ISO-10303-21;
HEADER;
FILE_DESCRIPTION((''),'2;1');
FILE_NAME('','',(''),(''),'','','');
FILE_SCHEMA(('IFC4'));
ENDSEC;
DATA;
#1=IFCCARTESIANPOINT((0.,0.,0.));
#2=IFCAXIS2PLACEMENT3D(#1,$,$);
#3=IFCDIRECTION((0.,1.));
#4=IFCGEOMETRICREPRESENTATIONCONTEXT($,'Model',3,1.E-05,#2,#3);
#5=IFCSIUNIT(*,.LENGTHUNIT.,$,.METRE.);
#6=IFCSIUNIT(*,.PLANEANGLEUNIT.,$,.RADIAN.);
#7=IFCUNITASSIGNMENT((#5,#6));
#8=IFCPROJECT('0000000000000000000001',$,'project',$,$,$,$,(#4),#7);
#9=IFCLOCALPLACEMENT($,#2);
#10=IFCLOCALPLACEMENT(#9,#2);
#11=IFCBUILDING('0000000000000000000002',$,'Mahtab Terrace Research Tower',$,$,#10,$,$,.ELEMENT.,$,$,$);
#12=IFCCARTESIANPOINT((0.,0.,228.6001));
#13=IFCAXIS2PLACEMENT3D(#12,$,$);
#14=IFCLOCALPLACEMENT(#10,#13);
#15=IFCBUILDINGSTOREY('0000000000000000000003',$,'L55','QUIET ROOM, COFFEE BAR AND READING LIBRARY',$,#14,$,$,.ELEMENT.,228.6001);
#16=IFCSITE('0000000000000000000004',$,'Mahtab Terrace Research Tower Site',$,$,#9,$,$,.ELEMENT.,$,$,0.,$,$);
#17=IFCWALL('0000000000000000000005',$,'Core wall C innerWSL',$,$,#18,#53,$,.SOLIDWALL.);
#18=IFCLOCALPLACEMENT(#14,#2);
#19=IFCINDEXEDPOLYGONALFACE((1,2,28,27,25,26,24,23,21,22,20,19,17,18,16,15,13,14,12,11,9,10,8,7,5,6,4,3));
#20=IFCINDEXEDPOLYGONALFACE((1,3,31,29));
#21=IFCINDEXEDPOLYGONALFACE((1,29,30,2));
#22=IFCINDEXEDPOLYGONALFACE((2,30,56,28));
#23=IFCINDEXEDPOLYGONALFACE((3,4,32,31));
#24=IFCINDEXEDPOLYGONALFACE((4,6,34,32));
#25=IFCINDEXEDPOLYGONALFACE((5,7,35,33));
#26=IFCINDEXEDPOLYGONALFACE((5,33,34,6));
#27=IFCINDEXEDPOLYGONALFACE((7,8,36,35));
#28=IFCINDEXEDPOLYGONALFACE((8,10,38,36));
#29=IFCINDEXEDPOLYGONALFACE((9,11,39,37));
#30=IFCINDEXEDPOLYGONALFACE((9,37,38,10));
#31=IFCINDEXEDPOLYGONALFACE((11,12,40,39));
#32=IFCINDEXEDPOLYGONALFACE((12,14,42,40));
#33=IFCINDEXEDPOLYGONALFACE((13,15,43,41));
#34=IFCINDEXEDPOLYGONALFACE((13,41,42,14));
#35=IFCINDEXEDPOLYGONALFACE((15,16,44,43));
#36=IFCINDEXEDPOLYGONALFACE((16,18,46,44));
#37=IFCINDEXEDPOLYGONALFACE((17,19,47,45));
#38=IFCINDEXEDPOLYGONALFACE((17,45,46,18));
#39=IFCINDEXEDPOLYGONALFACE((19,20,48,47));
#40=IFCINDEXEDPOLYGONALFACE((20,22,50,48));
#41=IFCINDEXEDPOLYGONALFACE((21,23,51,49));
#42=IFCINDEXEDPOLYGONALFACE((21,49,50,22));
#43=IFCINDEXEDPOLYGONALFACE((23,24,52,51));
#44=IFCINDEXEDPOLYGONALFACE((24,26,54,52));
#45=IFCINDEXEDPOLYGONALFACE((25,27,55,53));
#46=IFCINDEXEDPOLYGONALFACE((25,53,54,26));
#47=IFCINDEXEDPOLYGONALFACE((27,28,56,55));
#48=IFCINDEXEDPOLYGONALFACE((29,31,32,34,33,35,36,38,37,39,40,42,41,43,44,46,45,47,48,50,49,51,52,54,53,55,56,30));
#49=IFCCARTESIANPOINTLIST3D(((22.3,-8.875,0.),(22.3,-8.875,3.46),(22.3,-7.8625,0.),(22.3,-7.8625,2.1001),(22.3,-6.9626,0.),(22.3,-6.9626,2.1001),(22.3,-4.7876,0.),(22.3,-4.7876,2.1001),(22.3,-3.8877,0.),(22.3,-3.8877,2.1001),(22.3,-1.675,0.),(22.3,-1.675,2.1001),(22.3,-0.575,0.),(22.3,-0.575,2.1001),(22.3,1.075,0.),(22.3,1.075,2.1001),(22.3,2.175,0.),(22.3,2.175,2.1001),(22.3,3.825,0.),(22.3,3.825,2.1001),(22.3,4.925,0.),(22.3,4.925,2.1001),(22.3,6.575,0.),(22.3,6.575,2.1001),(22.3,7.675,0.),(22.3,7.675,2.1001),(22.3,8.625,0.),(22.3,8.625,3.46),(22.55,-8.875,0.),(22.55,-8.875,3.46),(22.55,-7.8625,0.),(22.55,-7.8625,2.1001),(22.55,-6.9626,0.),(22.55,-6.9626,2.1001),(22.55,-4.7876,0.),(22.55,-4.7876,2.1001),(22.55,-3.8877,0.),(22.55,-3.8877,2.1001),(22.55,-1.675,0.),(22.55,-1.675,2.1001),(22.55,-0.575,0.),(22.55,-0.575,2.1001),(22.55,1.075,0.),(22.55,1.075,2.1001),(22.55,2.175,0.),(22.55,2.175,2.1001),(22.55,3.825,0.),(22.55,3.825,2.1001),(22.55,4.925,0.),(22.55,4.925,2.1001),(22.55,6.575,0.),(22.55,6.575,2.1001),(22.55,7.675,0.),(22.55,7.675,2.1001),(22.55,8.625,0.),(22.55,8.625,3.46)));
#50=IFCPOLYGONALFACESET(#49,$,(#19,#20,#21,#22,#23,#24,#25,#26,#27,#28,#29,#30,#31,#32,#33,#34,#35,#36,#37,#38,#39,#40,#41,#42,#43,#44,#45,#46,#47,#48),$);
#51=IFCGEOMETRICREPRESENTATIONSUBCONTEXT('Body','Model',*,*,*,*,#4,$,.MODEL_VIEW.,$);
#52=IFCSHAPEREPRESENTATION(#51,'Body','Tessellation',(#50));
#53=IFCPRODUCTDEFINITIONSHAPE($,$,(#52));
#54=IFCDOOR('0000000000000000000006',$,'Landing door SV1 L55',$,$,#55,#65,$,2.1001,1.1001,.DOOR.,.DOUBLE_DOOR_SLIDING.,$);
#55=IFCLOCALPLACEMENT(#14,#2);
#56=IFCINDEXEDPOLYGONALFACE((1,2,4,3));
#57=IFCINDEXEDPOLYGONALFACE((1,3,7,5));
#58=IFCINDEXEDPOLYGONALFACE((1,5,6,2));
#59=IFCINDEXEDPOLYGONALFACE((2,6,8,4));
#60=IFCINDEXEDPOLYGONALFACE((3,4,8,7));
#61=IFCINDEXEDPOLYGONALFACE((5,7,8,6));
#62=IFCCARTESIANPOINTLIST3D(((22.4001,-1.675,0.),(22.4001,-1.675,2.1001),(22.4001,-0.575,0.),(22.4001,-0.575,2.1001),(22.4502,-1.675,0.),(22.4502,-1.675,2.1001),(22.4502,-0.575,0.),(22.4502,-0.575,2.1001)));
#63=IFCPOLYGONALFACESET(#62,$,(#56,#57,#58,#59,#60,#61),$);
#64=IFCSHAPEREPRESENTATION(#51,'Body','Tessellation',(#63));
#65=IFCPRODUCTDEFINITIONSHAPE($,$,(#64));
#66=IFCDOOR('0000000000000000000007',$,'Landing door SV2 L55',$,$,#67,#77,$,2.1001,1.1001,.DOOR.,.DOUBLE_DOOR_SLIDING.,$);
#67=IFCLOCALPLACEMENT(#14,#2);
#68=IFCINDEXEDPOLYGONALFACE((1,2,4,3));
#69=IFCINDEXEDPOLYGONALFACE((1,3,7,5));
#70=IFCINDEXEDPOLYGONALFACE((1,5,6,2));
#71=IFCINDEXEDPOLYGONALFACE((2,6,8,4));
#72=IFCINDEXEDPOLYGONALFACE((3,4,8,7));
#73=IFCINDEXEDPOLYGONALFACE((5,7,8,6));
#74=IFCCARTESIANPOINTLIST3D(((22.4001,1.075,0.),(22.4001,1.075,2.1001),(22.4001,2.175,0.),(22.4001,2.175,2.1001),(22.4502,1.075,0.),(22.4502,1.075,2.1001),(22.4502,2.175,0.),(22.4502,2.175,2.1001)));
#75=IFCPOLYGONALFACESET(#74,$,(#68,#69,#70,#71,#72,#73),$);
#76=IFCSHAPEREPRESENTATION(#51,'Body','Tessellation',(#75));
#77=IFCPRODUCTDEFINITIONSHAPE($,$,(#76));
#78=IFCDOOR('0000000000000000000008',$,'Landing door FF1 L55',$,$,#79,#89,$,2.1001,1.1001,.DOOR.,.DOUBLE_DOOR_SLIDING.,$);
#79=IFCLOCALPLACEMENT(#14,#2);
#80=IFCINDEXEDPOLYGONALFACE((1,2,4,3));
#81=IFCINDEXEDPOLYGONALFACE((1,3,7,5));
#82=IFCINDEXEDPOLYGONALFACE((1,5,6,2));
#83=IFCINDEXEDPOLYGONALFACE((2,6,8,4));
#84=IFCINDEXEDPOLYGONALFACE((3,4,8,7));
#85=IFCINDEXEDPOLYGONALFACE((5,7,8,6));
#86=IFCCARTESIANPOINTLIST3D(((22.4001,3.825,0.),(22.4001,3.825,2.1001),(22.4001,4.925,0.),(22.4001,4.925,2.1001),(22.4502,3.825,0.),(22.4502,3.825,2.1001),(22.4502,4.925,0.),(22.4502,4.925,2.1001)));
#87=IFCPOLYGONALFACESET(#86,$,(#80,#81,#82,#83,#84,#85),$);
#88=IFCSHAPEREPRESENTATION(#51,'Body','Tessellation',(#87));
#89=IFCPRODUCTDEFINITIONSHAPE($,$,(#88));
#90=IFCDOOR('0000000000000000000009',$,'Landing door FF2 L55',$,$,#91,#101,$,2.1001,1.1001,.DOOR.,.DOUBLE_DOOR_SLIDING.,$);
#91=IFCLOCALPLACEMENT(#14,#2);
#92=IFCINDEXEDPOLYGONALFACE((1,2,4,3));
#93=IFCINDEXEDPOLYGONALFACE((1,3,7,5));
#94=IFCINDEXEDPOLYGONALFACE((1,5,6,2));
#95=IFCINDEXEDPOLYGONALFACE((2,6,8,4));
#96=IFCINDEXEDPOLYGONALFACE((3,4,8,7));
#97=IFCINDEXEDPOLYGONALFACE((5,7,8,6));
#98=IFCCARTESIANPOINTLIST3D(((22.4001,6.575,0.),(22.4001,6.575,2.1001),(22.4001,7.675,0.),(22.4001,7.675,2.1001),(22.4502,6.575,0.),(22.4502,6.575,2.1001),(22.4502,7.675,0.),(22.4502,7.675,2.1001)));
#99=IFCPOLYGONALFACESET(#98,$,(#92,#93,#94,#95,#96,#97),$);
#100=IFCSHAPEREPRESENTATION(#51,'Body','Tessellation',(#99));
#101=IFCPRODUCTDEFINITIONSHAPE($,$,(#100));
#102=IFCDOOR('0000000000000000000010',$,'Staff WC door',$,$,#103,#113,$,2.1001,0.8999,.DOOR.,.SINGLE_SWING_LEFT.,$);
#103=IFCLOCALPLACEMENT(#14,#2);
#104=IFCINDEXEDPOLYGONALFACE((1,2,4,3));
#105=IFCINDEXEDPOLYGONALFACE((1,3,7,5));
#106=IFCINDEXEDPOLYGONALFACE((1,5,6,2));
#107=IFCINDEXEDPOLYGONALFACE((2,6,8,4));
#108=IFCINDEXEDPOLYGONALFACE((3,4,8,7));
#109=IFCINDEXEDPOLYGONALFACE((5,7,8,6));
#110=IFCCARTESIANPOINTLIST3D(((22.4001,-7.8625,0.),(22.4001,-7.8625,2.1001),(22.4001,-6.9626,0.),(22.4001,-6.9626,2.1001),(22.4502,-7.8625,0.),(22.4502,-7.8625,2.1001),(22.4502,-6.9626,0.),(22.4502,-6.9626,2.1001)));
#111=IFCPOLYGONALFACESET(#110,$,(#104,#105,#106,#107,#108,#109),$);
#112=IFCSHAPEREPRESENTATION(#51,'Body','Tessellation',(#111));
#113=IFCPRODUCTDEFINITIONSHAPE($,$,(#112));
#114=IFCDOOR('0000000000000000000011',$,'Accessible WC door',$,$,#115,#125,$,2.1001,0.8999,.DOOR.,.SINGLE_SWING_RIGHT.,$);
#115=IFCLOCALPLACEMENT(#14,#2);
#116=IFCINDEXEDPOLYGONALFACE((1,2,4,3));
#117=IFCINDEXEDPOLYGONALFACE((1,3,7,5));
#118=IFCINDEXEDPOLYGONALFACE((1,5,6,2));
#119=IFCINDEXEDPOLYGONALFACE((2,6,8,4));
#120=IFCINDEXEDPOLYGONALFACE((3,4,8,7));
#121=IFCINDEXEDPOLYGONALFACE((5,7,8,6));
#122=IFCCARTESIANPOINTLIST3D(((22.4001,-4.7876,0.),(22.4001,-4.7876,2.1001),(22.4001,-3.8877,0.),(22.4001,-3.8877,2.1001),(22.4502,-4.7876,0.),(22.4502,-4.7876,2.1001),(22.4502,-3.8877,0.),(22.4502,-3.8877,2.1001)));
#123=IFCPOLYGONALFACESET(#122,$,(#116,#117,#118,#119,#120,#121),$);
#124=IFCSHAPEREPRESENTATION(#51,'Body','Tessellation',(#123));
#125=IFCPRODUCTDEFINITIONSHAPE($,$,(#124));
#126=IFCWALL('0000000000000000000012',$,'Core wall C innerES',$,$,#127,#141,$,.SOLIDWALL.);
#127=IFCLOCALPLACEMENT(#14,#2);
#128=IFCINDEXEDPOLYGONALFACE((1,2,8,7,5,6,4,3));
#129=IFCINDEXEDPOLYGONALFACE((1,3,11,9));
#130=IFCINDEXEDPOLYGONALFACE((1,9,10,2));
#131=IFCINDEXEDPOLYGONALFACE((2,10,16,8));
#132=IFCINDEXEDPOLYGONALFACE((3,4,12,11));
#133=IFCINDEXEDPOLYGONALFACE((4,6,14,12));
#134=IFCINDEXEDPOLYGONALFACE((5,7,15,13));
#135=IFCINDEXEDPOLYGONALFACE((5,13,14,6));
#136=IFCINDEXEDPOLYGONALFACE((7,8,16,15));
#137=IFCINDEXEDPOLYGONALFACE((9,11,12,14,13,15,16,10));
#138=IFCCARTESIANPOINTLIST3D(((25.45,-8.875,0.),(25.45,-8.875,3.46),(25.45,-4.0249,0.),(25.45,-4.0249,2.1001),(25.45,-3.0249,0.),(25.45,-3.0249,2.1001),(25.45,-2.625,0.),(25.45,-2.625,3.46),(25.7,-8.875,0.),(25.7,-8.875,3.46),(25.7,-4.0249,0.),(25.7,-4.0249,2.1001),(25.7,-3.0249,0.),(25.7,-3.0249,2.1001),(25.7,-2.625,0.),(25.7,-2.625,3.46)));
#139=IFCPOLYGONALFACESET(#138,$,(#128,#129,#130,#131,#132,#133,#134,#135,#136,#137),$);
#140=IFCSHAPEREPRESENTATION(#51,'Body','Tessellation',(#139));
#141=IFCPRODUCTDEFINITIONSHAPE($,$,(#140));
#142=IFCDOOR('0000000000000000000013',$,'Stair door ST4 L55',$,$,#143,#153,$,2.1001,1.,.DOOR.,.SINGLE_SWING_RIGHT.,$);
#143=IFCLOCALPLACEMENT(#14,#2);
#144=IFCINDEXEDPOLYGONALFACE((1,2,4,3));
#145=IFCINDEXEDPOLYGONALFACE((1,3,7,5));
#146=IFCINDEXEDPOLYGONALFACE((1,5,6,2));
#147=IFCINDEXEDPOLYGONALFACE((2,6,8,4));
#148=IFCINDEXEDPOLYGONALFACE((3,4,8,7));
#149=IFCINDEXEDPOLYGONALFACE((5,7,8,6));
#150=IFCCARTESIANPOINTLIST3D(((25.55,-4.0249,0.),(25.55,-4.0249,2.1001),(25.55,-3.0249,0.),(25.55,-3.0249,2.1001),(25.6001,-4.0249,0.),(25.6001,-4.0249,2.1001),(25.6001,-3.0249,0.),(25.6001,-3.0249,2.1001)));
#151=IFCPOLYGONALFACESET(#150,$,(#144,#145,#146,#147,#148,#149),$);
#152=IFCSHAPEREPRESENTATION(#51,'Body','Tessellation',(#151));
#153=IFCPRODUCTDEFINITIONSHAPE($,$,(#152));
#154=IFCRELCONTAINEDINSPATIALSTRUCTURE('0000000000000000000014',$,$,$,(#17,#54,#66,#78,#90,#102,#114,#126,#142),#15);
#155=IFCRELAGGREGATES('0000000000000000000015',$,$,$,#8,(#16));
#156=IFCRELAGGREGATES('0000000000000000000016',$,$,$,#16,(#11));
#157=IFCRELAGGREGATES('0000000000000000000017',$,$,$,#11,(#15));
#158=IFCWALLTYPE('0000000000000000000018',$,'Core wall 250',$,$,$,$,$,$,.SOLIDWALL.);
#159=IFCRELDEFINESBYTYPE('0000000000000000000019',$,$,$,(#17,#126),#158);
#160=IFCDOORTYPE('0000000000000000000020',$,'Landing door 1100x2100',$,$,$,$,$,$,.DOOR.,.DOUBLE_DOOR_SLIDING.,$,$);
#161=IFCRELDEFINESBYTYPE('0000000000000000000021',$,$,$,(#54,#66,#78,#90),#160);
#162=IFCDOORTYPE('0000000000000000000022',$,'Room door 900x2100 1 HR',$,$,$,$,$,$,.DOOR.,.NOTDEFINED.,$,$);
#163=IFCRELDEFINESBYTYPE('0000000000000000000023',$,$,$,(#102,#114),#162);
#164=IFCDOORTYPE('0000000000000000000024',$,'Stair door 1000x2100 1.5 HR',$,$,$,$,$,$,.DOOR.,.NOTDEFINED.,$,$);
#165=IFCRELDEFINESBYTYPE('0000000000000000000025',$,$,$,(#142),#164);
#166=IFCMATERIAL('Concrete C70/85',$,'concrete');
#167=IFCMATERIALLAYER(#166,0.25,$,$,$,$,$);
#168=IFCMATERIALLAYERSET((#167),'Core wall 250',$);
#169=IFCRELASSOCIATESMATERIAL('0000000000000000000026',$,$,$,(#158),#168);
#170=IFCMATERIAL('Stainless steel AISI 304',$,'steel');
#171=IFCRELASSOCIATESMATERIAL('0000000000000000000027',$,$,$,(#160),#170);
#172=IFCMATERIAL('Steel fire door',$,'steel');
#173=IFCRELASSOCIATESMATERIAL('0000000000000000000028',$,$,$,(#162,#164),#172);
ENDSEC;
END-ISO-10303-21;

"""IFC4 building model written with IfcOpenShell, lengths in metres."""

from ifc_helpers import new_model, si_unit, direction, frame, frame_2d, origin, place, context, subcontext, project, spatial, rectangle, extrude, material, layer, layer_set, type_object, element, fill, save


model = new_model("IFC4")

# Units and contexts
model_context = context("Model", 3, precision=1e-05, world=origin(), true_north=direction((0.0, 1.0)))
body_context = subcontext(model_context, "Body", "Model", "MODEL_VIEW")
ifc_project = project(units=[si_unit("LENGTHUNIT", "METRE"), si_unit("PLANEANGLEUNIT", "RADIAN")], contexts=[model_context])

# Site, building, storey
site_placement = place(None, origin())
site = spatial("IfcSite", under=ifc_project, at=site_placement, Name="Mahtab Terrace Research Tower Site", CompositionType="ELEMENT", RefElevation=0.0)
building_placement = place(site_placement, origin())
building = spatial("IfcBuilding", under=site, at=building_placement, Name="Mahtab Terrace Research Tower", CompositionType="ELEMENT")
storey_placement = place(building_placement, frame((0.0, 0.0, 228.6001)))
storey = spatial("IfcBuildingStorey", under=building, at=storey_placement, Name="L55", Description="QUIET ROOM, COFFEE BAR AND READING LIBRARY", CompositionType="ELEMENT", Elevation=228.6001)

# Shared definitions
ifc_material_1 = material(Name="Concrete C70/85", Category="concrete")

# Wall, openings, doors
ifc_layer_1 = layer(ifc_material_1, 0.25)
ifc_layer_set_1 = layer_set([ifc_layer_1], Name="Core wall 250")
wall_type_1 = type_object("IfcWallType", Name="Core wall 250", PredefinedType="SOLIDWALL", material=ifc_layer_set_1)
wall_1_placement = place(storey_placement, frame((22.425, -8.875, 0.0), z_axis=(0.0, 0.0, 1.0), x_axis=(0.0, 1.0, 0.0)))
wall_1 = element("IfcWall", 1, at=wall_1_placement, inside=storey, type_object=wall_type_1, Name="Core wall C innerWSL", PredefinedType="SOLIDWALL", context=body_context, shape_type="SweptSolid", body=[
    extrude(rectangle(XDim=17.5, YDim=0.25, at=frame_2d((8.75, 0.0))), origin(), (0.0, 0.0, 1.0), 3.46),
])
opening_1_placement = place(wall_1_placement, frame((7.2, 0.0, 0.0)))
opening_1 = element("IfcOpeningElement", 2, at=opening_1_placement, cuts=wall_1, PredefinedType="OPENING", context=body_context, shape_type="SweptSolid", body=[
    extrude(rectangle(XDim=1.1001, YDim=2.1001, at=frame_2d((0.55, 1.05))), frame((0.0, 0.135, 0.0), z_axis=(0.0, -1.0, 0.0), x_axis=(1.0, 0.0, 0.0)), (0.0, 0.0, 1.0), 0.27),
])
opening_2_placement = place(wall_1_placement, frame((9.95, 0.0, 0.0)))
opening_2 = element("IfcOpeningElement", 3, at=opening_2_placement, cuts=wall_1, PredefinedType="OPENING", context=body_context, shape_type="SweptSolid", body=[
    extrude(rectangle(XDim=1.1001, YDim=2.1001, at=frame_2d((0.55, 1.05))), frame((0.0, 0.135, 0.0), z_axis=(0.0, -1.0, 0.0), x_axis=(1.0, 0.0, 0.0)), (0.0, 0.0, 1.0), 0.27),
])
opening_3_placement = place(wall_1_placement, frame((12.7, 0.0, 0.0)))
opening_3 = element("IfcOpeningElement", 4, at=opening_3_placement, cuts=wall_1, PredefinedType="OPENING", context=body_context, shape_type="SweptSolid", body=[
    extrude(rectangle(XDim=1.1001, YDim=2.1001, at=frame_2d((0.55, 1.05))), frame((0.0, 0.135, 0.0), z_axis=(0.0, -1.0, 0.0), x_axis=(1.0, 0.0, 0.0)), (0.0, 0.0, 1.0), 0.27),
])
opening_4_placement = place(wall_1_placement, frame((15.45, 0.0, 0.0)))
opening_4 = element("IfcOpeningElement", 5, at=opening_4_placement, cuts=wall_1, PredefinedType="OPENING", context=body_context, shape_type="SweptSolid", body=[
    extrude(rectangle(XDim=1.1001, YDim=2.1001, at=frame_2d((0.55, 1.05))), frame((0.0, 0.135, 0.0), z_axis=(0.0, -1.0, 0.0), x_axis=(1.0, 0.0, 0.0)), (0.0, 0.0, 1.0), 0.27),
])
opening_5_placement = place(wall_1_placement, frame((1.0125, 0.0, 0.0)))
opening_5 = element("IfcOpeningElement", 6, at=opening_5_placement, cuts=wall_1, PredefinedType="OPENING", context=body_context, shape_type="SweptSolid", body=[
    extrude(rectangle(XDim=0.8999, YDim=2.1001, at=frame_2d((0.45, 1.05))), frame((0.0, 0.135, 0.0), z_axis=(0.0, -1.0, 0.0), x_axis=(1.0, 0.0, 0.0)), (0.0, 0.0, 1.0), 0.27),
])
opening_6_placement = place(wall_1_placement, frame((4.0874, 0.0, 0.0)))
opening_6 = element("IfcOpeningElement", 7, at=opening_6_placement, cuts=wall_1, PredefinedType="OPENING", context=body_context, shape_type="SweptSolid", body=[
    extrude(rectangle(XDim=0.8999, YDim=2.1001, at=frame_2d((0.45, 1.05))), frame((0.0, 0.135, 0.0), z_axis=(0.0, -1.0, 0.0), x_axis=(1.0, 0.0, 0.0)), (0.0, 0.0, 1.0), 0.27),
])
ifc_material_2 = material(Name="Stainless steel AISI 304", Category="steel")
door_type_1 = type_object("IfcDoorType", Name="Landing door 1100x2100", OperationType="DOUBLE_DOOR_SLIDING", PredefinedType="DOOR", material=ifc_material_2)
door_1_placement = place(opening_1_placement, origin())
door_1 = element("IfcDoor", 8, at=door_1_placement, inside=storey, type_object=door_type_1, Name="Landing door SV1 L55", OperationType="DOUBLE_DOOR_SLIDING", OverallHeight=2.1001, OverallWidth=1.1001, PredefinedType="DOOR", context=body_context, shape_type="SweptSolid", body=[
    extrude(rectangle(XDim=1.1001, YDim=2.1001, at=frame_2d((0.55, 1.05))), frame((0.0, 0.0249, 0.0), z_axis=(0.0, -1.0, 0.0), x_axis=(1.0, 0.0, 0.0)), (0.0, 0.0, 1.0), 0.05),
])
fill(opening_1, door_1)
door_2_placement = place(opening_2_placement, origin())
door_2 = element("IfcDoor", 9, at=door_2_placement, inside=storey, type_object=door_type_1, Name="Landing door SV2 L55", OperationType="DOUBLE_DOOR_SLIDING", OverallHeight=2.1001, OverallWidth=1.1001, PredefinedType="DOOR", context=body_context, shape_type="SweptSolid", body=[
    extrude(rectangle(XDim=1.1001, YDim=2.1001, at=frame_2d((0.55, 1.05))), frame((0.0, 0.0249, 0.0), z_axis=(0.0, -1.0, 0.0), x_axis=(1.0, 0.0, 0.0)), (0.0, 0.0, 1.0), 0.05),
])
fill(opening_2, door_2)
door_3_placement = place(opening_3_placement, origin())
door_3 = element("IfcDoor", 10, at=door_3_placement, inside=storey, type_object=door_type_1, Name="Landing door FF1 L55", OperationType="DOUBLE_DOOR_SLIDING", OverallHeight=2.1001, OverallWidth=1.1001, PredefinedType="DOOR", context=body_context, shape_type="SweptSolid", body=[
    extrude(rectangle(XDim=1.1001, YDim=2.1001, at=frame_2d((0.55, 1.05))), frame((0.0, 0.0249, 0.0), z_axis=(0.0, -1.0, 0.0), x_axis=(1.0, 0.0, 0.0)), (0.0, 0.0, 1.0), 0.05),
])
fill(opening_3, door_3)
door_4_placement = place(opening_4_placement, origin())
door_4 = element("IfcDoor", 11, at=door_4_placement, inside=storey, type_object=door_type_1, Name="Landing door FF2 L55", OperationType="DOUBLE_DOOR_SLIDING", OverallHeight=2.1001, OverallWidth=1.1001, PredefinedType="DOOR", context=body_context, shape_type="SweptSolid", body=[
    extrude(rectangle(XDim=1.1001, YDim=2.1001, at=frame_2d((0.55, 1.05))), frame((0.0, 0.0249, 0.0), z_axis=(0.0, -1.0, 0.0), x_axis=(1.0, 0.0, 0.0)), (0.0, 0.0, 1.0), 0.05),
])
fill(opening_4, door_4)
ifc_material_3 = material(Name="Steel fire door", Category="steel")
door_type_2 = type_object("IfcDoorType", Name="Room door 900x2100 1 HR", OperationType="NOTDEFINED", PredefinedType="DOOR", material=ifc_material_3)
door_5_placement = place(opening_5_placement, origin())
door_5 = element("IfcDoor", 12, at=door_5_placement, inside=storey, type_object=door_type_2, Name="Staff WC door", OperationType="SINGLE_SWING_LEFT", OverallHeight=2.1001, OverallWidth=0.8999, PredefinedType="DOOR", context=body_context, shape_type="SweptSolid", body=[
    extrude(rectangle(XDim=0.8999, YDim=2.1001, at=frame_2d((0.45, 1.05))), frame((0.0, 0.0249, 0.0), z_axis=(0.0, -1.0, 0.0), x_axis=(1.0, 0.0, 0.0)), (0.0, 0.0, 1.0), 0.05),
])
fill(opening_5, door_5)
door_6_placement = place(opening_6_placement, origin())
door_6 = element("IfcDoor", 13, at=door_6_placement, inside=storey, type_object=door_type_2, Name="Accessible WC door", OperationType="SINGLE_SWING_RIGHT", OverallHeight=2.1001, OverallWidth=0.8999, PredefinedType="DOOR", context=body_context, shape_type="SweptSolid", body=[
    extrude(rectangle(XDim=0.8999, YDim=2.1001, at=frame_2d((0.45, 1.05))), frame((0.0, 0.0249, 0.0), z_axis=(0.0, -1.0, 0.0), x_axis=(1.0, 0.0, 0.0)), (0.0, 0.0, 1.0), 0.05),
])
fill(opening_6, door_6)

# Wall, opening, door
wall_2_placement = place(storey_placement, frame((25.575, -8.875, 0.0), z_axis=(0.0, 0.0, 1.0), x_axis=(0.0, 1.0, 0.0)))
wall_2 = element("IfcWall", 14, at=wall_2_placement, inside=storey, type_object=wall_type_1, Name="Core wall C innerES", PredefinedType="SOLIDWALL", context=body_context, shape_type="SweptSolid", body=[
    extrude(rectangle(XDim=6.25, YDim=0.25, at=frame_2d((3.125, 0.0))), origin(), (0.0, 0.0, 1.0), 3.46),
])
opening_7_placement = place(wall_2_placement, frame((4.8501, 0.0, 0.0)))
opening_7 = element("IfcOpeningElement", 15, at=opening_7_placement, cuts=wall_2, PredefinedType="OPENING", context=body_context, shape_type="SweptSolid", body=[
    extrude(rectangle(XDim=1.0, YDim=2.1001, at=frame_2d((0.5, 1.05))), frame((0.0, 0.135, 0.0), z_axis=(0.0, -1.0, 0.0), x_axis=(1.0, 0.0, 0.0)), (0.0, 0.0, 1.0), 0.27),
])
door_type_3 = type_object("IfcDoorType", Name="Stair door 1000x2100 1.5 HR", OperationType="NOTDEFINED", PredefinedType="DOOR", material=ifc_material_3)
door_7_placement = place(opening_7_placement, origin())
door_7 = element("IfcDoor", 16, at=door_7_placement, inside=storey, type_object=door_type_3, Name="Stair door ST4 L55", OperationType="SINGLE_SWING_RIGHT", OverallHeight=2.1001, OverallWidth=1.0, PredefinedType="DOOR", context=body_context, shape_type="SweptSolid", body=[
    extrude(rectangle(XDim=1.0, YDim=2.1001, at=frame_2d((0.5, 1.05))), frame((0.0, 0.0249, 0.0), z_axis=(0.0, -1.0, 0.0), x_axis=(1.0, 0.0, 0.0)), (0.0, 0.0, 1.0), 0.05),
])
fill(opening_7, door_7)

save(model, "model.ifc")
